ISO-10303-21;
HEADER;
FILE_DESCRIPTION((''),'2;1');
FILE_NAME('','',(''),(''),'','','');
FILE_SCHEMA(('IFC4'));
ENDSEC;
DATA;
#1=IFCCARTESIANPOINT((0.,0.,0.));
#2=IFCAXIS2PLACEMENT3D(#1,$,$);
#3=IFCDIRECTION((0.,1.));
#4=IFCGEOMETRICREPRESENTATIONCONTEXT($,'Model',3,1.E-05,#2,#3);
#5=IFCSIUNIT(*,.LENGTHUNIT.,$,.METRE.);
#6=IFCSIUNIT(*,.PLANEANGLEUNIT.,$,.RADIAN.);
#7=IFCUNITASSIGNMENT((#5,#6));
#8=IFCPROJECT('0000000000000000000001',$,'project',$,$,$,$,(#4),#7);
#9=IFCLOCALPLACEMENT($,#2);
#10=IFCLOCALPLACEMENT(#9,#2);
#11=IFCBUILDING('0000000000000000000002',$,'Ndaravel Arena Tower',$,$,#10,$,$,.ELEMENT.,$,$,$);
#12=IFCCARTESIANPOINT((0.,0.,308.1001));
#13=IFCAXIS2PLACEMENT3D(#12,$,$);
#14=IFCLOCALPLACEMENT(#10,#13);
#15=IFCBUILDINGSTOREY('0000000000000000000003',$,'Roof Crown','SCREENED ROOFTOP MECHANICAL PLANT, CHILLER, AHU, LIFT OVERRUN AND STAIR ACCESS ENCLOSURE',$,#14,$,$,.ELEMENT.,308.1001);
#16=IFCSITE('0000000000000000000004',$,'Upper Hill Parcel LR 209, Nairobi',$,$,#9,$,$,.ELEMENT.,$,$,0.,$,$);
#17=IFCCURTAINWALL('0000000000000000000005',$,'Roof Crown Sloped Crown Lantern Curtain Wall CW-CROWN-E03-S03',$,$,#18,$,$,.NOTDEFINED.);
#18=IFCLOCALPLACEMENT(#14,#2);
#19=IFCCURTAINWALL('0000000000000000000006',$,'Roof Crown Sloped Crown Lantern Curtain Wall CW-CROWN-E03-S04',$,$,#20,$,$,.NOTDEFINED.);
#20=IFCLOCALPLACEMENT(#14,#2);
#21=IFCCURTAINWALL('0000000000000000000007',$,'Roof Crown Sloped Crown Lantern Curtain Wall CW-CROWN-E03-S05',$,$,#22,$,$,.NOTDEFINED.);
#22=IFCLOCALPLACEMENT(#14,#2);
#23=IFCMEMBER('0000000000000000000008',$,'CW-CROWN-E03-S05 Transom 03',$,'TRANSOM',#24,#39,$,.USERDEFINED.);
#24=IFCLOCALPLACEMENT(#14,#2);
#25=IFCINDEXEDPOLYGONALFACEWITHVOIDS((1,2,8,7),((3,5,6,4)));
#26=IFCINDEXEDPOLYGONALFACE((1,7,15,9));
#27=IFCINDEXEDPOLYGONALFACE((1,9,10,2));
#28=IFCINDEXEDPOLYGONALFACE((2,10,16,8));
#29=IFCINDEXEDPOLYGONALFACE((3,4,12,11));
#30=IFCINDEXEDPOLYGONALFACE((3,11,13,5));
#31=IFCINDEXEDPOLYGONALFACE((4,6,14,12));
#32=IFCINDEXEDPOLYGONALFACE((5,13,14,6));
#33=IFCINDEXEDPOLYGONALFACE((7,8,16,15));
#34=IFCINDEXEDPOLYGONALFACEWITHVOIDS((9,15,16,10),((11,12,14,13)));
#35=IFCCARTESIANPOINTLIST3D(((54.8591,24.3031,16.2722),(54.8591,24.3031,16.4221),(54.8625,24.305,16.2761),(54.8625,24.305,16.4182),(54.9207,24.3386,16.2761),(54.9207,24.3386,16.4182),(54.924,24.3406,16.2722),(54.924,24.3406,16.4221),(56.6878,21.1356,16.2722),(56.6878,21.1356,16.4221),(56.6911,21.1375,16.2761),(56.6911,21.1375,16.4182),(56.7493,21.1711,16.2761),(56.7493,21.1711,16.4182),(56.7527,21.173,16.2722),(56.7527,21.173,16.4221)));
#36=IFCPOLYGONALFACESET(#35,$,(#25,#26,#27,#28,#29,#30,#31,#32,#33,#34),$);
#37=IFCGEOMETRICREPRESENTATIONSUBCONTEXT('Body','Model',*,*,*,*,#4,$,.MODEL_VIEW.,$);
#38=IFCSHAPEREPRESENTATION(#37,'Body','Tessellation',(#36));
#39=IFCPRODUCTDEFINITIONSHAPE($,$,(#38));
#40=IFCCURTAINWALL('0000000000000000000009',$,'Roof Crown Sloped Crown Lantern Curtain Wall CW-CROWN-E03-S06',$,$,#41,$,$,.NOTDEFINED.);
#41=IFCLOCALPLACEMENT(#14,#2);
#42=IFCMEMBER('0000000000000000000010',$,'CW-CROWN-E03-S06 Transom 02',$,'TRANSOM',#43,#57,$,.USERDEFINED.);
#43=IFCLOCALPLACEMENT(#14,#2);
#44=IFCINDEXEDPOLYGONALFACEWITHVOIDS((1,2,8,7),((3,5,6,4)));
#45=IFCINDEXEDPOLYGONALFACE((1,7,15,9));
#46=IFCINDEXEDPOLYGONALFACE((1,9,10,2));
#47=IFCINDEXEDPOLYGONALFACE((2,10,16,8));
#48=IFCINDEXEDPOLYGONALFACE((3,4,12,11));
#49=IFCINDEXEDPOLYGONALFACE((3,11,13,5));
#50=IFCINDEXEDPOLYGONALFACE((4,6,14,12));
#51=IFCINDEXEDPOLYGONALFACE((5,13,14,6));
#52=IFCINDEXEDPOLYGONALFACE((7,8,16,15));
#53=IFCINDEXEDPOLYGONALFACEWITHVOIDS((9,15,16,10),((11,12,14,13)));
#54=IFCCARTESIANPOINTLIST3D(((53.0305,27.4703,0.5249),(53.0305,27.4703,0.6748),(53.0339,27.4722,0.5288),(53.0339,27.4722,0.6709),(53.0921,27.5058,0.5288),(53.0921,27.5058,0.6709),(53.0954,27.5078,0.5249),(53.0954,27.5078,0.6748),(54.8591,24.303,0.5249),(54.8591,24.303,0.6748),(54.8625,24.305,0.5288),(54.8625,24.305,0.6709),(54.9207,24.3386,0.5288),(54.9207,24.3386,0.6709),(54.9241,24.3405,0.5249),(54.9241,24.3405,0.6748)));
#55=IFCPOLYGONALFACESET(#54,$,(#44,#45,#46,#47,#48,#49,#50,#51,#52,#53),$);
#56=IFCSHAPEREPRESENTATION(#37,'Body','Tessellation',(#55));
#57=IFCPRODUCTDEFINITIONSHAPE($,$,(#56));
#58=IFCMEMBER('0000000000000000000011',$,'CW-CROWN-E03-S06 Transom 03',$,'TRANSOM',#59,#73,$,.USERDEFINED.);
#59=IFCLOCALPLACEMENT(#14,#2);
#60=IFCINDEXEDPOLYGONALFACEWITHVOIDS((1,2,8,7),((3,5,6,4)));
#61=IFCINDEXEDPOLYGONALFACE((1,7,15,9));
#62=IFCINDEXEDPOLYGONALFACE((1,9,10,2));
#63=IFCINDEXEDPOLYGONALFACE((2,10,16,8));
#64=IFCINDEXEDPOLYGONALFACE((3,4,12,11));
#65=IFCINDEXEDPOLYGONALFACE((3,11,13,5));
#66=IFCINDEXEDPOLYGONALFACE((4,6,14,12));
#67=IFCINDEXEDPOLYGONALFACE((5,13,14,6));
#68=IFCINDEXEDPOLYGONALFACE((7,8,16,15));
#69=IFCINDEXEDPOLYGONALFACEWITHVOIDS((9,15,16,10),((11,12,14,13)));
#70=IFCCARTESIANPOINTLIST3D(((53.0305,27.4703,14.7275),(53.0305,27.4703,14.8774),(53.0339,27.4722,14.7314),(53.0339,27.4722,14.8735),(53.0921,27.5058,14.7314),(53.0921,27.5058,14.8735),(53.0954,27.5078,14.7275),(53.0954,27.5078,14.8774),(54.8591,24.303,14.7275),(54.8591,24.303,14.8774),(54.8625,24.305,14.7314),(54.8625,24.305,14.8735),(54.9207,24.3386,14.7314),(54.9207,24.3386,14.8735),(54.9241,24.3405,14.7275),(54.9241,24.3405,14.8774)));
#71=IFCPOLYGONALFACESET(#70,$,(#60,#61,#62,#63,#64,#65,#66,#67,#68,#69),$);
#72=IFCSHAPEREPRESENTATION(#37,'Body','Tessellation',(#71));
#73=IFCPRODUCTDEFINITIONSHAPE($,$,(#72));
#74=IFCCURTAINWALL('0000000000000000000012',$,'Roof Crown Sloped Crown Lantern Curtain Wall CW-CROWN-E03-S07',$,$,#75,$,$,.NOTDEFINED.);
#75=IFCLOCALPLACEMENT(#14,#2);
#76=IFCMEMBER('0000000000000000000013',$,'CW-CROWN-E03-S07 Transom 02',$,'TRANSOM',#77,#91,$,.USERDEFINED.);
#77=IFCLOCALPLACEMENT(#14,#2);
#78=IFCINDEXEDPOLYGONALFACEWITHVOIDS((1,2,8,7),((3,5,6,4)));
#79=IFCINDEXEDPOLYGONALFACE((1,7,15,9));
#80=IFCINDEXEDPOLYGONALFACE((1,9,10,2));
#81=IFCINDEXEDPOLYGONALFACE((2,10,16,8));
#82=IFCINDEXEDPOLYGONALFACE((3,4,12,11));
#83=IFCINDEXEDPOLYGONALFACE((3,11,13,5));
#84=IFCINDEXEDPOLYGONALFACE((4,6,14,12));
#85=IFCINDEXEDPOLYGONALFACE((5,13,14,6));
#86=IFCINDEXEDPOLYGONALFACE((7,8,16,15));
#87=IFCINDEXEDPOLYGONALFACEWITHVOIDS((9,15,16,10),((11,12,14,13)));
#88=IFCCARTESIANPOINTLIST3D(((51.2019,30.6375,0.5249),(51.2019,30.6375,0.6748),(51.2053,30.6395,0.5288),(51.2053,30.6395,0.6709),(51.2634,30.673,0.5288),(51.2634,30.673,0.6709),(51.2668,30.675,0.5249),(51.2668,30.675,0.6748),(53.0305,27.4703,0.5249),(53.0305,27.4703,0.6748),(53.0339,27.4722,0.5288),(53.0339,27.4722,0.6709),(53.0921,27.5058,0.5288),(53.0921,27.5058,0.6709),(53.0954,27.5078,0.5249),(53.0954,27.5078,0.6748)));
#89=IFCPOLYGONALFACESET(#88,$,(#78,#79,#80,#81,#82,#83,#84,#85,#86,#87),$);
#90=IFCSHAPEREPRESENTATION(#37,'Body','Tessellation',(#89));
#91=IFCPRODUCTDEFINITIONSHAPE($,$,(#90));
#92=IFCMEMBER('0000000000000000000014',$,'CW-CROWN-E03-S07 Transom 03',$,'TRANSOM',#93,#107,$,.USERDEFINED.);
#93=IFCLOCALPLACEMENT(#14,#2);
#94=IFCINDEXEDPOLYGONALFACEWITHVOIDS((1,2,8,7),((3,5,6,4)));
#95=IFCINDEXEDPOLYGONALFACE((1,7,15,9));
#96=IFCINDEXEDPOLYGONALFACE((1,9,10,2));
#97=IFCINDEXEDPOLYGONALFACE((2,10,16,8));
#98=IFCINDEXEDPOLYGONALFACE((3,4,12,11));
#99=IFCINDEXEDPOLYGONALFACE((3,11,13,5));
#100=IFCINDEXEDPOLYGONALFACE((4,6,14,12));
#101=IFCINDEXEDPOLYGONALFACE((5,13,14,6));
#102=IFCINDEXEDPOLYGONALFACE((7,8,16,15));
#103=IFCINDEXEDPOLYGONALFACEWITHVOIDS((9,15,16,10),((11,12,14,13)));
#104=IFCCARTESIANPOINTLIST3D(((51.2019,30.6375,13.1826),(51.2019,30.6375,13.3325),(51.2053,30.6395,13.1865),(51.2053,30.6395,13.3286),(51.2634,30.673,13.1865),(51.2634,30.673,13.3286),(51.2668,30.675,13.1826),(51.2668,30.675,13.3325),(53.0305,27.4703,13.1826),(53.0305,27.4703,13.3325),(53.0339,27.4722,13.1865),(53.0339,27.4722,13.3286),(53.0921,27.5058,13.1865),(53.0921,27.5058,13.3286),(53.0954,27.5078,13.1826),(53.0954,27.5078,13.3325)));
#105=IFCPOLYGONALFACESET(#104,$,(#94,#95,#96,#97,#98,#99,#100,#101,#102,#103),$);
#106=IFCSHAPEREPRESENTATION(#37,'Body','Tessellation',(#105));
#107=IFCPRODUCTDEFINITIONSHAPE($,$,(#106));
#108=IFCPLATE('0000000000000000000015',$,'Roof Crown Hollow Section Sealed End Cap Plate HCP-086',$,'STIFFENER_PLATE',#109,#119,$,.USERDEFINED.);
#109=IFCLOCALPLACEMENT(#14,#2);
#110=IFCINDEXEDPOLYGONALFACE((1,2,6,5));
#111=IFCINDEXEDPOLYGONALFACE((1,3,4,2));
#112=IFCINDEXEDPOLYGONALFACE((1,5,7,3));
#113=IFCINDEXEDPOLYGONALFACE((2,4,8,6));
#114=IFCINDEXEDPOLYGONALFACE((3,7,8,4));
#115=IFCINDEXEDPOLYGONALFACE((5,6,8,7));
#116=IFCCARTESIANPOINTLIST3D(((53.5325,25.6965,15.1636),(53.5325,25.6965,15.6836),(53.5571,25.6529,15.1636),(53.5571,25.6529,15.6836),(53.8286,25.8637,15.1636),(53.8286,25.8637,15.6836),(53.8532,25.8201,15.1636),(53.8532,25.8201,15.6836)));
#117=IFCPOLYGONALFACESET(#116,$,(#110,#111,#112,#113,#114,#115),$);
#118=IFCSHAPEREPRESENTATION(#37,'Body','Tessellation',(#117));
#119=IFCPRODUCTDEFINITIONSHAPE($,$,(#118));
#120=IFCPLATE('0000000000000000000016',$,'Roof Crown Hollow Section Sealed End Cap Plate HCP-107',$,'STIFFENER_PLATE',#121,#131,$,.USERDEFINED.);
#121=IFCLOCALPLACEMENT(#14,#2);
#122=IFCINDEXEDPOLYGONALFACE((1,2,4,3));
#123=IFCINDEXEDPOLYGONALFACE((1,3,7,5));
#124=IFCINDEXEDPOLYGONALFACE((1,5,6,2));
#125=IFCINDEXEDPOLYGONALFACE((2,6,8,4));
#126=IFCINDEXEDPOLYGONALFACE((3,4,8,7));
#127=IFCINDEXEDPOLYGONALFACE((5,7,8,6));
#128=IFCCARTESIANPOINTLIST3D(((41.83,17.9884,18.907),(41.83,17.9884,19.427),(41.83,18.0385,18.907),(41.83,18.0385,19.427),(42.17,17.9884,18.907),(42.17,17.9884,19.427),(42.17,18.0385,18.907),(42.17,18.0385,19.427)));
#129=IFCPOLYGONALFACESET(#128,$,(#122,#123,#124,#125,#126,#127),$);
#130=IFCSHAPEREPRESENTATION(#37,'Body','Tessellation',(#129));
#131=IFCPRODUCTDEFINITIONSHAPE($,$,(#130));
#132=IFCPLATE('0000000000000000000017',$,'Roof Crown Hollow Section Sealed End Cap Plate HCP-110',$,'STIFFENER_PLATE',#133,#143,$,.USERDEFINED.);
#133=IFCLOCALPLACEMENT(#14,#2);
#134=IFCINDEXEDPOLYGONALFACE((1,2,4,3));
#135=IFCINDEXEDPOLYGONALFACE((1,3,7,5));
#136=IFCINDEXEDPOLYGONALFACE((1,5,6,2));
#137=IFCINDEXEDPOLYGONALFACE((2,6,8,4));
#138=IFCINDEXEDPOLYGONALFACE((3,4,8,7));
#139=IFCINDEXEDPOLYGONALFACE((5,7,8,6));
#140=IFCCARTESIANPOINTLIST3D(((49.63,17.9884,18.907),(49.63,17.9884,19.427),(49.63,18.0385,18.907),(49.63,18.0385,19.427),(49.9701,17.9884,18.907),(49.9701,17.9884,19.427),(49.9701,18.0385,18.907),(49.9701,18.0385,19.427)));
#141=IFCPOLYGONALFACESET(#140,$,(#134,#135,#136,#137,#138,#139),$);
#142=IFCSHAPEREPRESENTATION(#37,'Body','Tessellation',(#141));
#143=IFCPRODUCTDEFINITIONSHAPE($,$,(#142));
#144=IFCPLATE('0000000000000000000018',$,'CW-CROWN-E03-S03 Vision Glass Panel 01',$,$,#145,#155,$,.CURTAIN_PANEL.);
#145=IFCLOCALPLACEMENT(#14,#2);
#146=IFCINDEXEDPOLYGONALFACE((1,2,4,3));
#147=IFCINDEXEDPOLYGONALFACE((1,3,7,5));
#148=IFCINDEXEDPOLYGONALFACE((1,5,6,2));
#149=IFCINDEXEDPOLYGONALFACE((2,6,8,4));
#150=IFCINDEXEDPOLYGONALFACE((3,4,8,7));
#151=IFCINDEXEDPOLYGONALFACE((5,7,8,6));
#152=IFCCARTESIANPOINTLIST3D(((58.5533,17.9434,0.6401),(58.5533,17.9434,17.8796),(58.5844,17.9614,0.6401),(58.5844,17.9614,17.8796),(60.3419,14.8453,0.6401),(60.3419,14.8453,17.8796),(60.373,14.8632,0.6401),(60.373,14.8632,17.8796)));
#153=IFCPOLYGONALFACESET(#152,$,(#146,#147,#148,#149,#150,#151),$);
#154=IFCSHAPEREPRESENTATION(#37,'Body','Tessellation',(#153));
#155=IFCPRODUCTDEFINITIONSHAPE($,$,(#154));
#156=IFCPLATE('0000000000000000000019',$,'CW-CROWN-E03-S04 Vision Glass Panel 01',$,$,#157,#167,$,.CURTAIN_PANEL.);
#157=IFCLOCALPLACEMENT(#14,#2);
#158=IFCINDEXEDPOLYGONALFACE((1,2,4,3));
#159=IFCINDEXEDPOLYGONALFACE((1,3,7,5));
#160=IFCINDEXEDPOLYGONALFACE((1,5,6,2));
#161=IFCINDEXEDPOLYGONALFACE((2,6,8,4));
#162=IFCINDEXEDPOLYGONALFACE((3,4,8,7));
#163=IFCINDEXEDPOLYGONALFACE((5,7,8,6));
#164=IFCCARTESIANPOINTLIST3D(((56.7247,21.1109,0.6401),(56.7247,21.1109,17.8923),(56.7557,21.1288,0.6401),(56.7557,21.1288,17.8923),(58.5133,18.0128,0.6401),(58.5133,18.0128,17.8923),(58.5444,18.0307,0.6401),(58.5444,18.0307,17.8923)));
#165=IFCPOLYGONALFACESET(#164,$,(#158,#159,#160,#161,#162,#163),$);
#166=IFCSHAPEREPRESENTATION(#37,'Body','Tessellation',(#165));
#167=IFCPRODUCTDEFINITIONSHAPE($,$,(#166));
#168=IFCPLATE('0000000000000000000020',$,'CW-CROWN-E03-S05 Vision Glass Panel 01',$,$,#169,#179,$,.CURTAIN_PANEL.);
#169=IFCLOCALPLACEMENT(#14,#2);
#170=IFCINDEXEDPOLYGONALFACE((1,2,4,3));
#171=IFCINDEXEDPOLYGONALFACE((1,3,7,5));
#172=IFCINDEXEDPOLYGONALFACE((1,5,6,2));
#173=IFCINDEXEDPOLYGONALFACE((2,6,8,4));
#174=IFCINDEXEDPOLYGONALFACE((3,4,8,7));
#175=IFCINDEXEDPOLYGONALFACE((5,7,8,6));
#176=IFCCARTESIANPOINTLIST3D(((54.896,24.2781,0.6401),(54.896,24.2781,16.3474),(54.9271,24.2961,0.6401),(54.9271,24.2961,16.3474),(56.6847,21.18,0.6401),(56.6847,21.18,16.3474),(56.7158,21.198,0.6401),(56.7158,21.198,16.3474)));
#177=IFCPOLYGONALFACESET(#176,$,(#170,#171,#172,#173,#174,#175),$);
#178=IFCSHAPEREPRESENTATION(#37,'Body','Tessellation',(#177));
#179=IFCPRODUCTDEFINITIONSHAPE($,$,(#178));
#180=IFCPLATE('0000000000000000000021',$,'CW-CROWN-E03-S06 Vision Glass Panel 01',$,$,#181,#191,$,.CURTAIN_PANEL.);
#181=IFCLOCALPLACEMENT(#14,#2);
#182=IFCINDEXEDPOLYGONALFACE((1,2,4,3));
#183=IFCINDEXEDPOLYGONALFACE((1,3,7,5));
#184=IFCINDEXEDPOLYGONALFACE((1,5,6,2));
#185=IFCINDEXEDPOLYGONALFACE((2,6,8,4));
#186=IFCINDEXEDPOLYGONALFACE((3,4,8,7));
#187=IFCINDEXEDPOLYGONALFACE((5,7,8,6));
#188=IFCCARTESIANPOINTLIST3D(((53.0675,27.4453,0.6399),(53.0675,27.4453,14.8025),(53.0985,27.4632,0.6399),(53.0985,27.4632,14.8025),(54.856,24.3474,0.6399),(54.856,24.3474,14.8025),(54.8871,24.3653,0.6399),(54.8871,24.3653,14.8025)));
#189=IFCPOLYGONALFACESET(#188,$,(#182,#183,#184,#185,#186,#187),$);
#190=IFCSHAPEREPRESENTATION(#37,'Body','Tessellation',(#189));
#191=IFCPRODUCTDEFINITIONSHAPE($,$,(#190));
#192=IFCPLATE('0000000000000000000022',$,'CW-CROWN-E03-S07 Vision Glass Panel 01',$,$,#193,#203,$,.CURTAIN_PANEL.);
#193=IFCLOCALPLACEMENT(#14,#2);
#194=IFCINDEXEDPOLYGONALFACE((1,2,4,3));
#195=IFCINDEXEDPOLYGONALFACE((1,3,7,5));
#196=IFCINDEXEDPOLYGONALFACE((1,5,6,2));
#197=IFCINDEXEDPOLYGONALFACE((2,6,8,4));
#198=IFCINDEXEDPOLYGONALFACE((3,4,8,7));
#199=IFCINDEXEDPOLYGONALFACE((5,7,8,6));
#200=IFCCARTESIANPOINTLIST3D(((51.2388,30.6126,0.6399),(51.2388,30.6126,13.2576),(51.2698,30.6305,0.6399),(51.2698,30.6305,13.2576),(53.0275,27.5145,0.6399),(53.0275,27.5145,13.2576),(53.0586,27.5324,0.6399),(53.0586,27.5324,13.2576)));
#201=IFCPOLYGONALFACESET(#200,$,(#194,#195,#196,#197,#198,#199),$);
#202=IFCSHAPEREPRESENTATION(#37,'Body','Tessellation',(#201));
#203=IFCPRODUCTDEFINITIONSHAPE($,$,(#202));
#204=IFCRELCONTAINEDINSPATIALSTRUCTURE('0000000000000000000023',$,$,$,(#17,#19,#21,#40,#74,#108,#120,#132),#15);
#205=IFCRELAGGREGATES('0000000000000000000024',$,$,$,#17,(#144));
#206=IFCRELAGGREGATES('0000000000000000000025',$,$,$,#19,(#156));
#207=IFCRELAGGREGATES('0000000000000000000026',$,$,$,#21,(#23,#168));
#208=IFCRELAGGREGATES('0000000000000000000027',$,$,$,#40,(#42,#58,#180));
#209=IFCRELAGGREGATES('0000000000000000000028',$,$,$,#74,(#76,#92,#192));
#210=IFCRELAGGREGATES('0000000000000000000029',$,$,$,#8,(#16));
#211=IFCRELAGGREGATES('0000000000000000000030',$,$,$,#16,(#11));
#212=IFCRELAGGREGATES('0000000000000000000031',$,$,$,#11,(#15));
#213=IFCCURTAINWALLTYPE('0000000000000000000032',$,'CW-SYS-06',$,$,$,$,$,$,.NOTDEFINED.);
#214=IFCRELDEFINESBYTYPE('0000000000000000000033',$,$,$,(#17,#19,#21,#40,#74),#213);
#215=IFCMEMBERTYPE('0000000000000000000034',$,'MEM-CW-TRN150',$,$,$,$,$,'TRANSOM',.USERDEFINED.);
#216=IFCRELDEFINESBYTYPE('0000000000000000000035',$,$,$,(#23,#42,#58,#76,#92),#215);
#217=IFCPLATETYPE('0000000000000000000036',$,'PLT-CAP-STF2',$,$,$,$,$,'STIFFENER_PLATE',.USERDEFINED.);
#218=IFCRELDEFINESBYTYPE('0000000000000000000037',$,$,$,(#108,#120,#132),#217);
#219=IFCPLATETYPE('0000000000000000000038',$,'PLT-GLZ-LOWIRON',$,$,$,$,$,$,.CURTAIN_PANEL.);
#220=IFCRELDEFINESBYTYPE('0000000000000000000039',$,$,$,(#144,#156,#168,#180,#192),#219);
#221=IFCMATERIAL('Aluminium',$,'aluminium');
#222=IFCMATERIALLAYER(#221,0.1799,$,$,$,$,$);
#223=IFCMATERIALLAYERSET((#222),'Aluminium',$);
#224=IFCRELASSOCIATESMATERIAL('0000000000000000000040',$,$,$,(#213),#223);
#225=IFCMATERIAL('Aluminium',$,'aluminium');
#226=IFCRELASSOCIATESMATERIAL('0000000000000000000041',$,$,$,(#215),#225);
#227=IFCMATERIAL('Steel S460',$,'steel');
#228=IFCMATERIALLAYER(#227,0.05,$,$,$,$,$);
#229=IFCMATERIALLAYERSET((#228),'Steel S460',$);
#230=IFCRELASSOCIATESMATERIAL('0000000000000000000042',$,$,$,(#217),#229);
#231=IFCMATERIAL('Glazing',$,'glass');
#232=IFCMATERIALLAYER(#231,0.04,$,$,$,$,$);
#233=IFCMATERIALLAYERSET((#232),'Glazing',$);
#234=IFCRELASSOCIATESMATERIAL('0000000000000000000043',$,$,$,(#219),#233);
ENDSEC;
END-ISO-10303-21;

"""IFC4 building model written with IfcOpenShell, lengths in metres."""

from ifc_helpers import new_model, si_unit, direction, frame, origin, origin_2d, place, context, subcontext, project, spatial, rectangle, hollow_rectangle, extrude, material, layer, layer_set, material_profile, profile_set, type_object, element, aggregate, save


model = new_model("IFC4")

# Units and contexts
model_context = context("Model", 3, precision=1e-05, world=origin(), true_north=direction((0.0, 1.0)))
body_context = subcontext(model_context, "Body", "Model", "MODEL_VIEW")
ifc_project = project(units=[si_unit("LENGTHUNIT", "METRE"), si_unit("PLANEANGLEUNIT", "RADIAN")], contexts=[model_context])

# Site, building, storey
site_placement = place(None, origin())
site = spatial("IfcSite", under=ifc_project, at=site_placement, Name="Upper Hill Parcel LR 209, Nairobi", CompositionType="ELEMENT", RefElevation=0.0)
building_placement = place(site_placement, origin())
building = spatial("IfcBuilding", under=site, at=building_placement, Name="Ndaravel Arena Tower", CompositionType="ELEMENT")
storey_placement = place(building_placement, frame((0.0, 0.0, 308.1001)))
storey = spatial("IfcBuildingStorey", under=building, at=storey_placement, Name="Roof Crown", Description="SCREENED ROOFTOP MECHANICAL PLANT, CHILLER, AHU, LIFT OVERRUN AND STAIR ACCESS ENCLOSURE", CompositionType="ELEMENT", Elevation=308.1001)

# Curtain wall
ifc_material_1 = material(Name="Aluminium", Category="aluminium")
ifc_layer_1 = layer(ifc_material_1, 0.1799)
ifc_layer_set_1 = layer_set([ifc_layer_1], Name="Aluminium")
curtain_wall_type = type_object("IfcCurtainWallType", Name="CW-SYS-06", PredefinedType="NOTDEFINED", material=ifc_layer_set_1)
curtain_wall_1_placement = place(storey_placement, origin())
curtain_wall_1 = element("IfcCurtainWall", 1, at=curtain_wall_1_placement, inside=storey, type_object=curtain_wall_type, Name="Roof Crown Sloped Crown Lantern Curtain Wall CW-CROWN-E03-S03", PredefinedType="NOTDEFINED")
ifc_material_2 = material(Name="Aluminium", Category="aluminium")
ifc_material_profile_1 = material_profile(ifc_material_2, hollow_rectangle(XDim=0.075, YDim=0.1499, WallThickness=0.0039, at=origin_2d()), Name="CW TRANSOM 75x150x4")
ifc_profile_set_1 = profile_set([ifc_material_profile_1], Name="Aluminium")
member_type_1 = type_object("IfcMemberType", Name="MEM-CW-TRN150", ElementType="TRANSOM", PredefinedType="USERDEFINED", material=ifc_profile_set_1)

# Curtain walls, members
curtain_wall_2_placement = place(storey_placement, origin())
curtain_wall_2 = element("IfcCurtainWall", 2, at=curtain_wall_2_placement, inside=storey, type_object=curtain_wall_type, Name="Roof Crown Sloped Crown Lantern Curtain Wall CW-CROWN-E03-S04", PredefinedType="NOTDEFINED")
curtain_wall_3_placement = place(storey_placement, origin())
curtain_wall_3 = element("IfcCurtainWall", 3, at=curtain_wall_3_placement, inside=storey, type_object=curtain_wall_type, Name="Roof Crown Sloped Crown Lantern Curtain Wall CW-CROWN-E03-S05", PredefinedType="NOTDEFINED")
member_1_placement = place(storey_placement, frame((56.7202, 21.1543, 16.3472), z_axis=(-0.499973, 0.866041, 0.0), x_axis=(-0.866041, -0.499973, 0.0)))
member_1 = element("IfcMember", 4, at=member_1_placement, type_object=member_type_1, Name="CW-CROWN-E03-S05 Transom 03", ObjectType="TRANSOM", PredefinedType="USERDEFINED", context=body_context, shape_type="SweptSolid", body=[
    extrude(hollow_rectangle(XDim=0.075, YDim=0.1499, WallThickness=0.0039, at=origin_2d()), origin(), (0.0, 0.0, 1.0), 3.6575),
])
curtain_wall_4_placement = place(storey_placement, origin())
curtain_wall_4 = element("IfcCurtainWall", 5, at=curtain_wall_4_placement, inside=storey, type_object=curtain_wall_type, Name="Roof Crown Sloped Crown Lantern Curtain Wall CW-CROWN-E03-S06", PredefinedType="NOTDEFINED")
member_2_placement = place(storey_placement, frame((54.8916, 24.3218, 0.5999), z_axis=(-0.500002, 0.866024, 0.0), x_axis=(-0.866024, -0.500002, 0.0)))
member_2 = element("IfcMember", 6, at=member_2_placement, type_object=member_type_1, Name="CW-CROWN-E03-S06 Transom 02", ObjectType="TRANSOM", PredefinedType="USERDEFINED", context=body_context, shape_type="SweptSolid", body=[
    extrude(hollow_rectangle(XDim=0.075, YDim=0.1499, WallThickness=0.0039, at=origin_2d()), origin(), (0.0, 0.0, 1.0), 3.6572),
])
member_3_placement = place(storey_placement, frame((54.8916, 24.3218, 14.8025), z_axis=(-0.500002, 0.866024, 0.0), x_axis=(-0.866024, -0.500002, 0.0)))
member_3 = element("IfcMember", 7, at=member_3_placement, type_object=member_type_1, Name="CW-CROWN-E03-S06 Transom 03", ObjectType="TRANSOM", PredefinedType="USERDEFINED", context=body_context, shape_type="SweptSolid", body=[
    extrude(hollow_rectangle(XDim=0.075, YDim=0.1499, WallThickness=0.0039, at=origin_2d()), origin(), (0.0, 0.0, 1.0), 3.6572),
])
curtain_wall_5_placement = place(storey_placement, origin())
curtain_wall_5 = element("IfcCurtainWall", 8, at=curtain_wall_5_placement, inside=storey, type_object=curtain_wall_type, Name="Roof Crown Sloped Crown Lantern Curtain Wall CW-CROWN-E03-S07", PredefinedType="NOTDEFINED")
member_4_placement = place(storey_placement, frame((53.063, 27.489, 0.5999), z_axis=(-0.500002, 0.866024, 0.0), x_axis=(-0.866024, -0.500002, 0.0)))
member_4 = element("IfcMember", 9, at=member_4_placement, type_object=member_type_1, Name="CW-CROWN-E03-S07 Transom 02", ObjectType="TRANSOM", PredefinedType="USERDEFINED", context=body_context, shape_type="SweptSolid", body=[
    extrude(hollow_rectangle(XDim=0.075, YDim=0.1499, WallThickness=0.0039, at=origin_2d()), origin(), (0.0, 0.0, 1.0), 3.6572),
])
member_5_placement = place(storey_placement, frame((53.063, 27.489, 13.2576), z_axis=(-0.500002, 0.866024, 0.0), x_axis=(-0.866024, -0.500002, 0.0)))
member_5 = element("IfcMember", 10, at=member_5_placement, type_object=member_type_1, Name="CW-CROWN-E03-S07 Transom 03", ObjectType="TRANSOM", PredefinedType="USERDEFINED", context=body_context, shape_type="SweptSolid", body=[
    extrude(hollow_rectangle(XDim=0.075, YDim=0.1499, WallThickness=0.0039, at=origin_2d()), origin(), (0.0, 0.0, 1.0), 3.6572),
])

# Plates
ifc_material_3 = material(Name="Steel S460", Category="steel")
ifc_layer_2 = layer(ifc_material_3, 0.05)
ifc_layer_set_2 = layer_set([ifc_layer_2], Name="Steel S460")
plate_type_1 = type_object("IfcPlateType", Name="PLT-CAP-STF2", ElementType="STIFFENER_PLATE", PredefinedType="USERDEFINED", material=ifc_layer_set_2)
for number, where, z_axis, x_axis, name in (
    (11, (53.6929, 25.7583, 15.1636), (0.0, 0.0, 1.0), (-0.491816, 0.870699, 0.0), "Roof Crown Hollow Section Sealed End Cap Plate HCP-086"),
    (12, (42.0, 18.0134, 18.907), (0.0, 0.0, 1.0), (0.0, 1.0, 0.0), "Roof Crown Hollow Section Sealed End Cap Plate HCP-107"),
    (13, (49.8, 18.0134, 18.907), (0.0, 0.0, 1.0), (0.0, 1.0, 0.0), "Roof Crown Hollow Section Sealed End Cap Plate HCP-110"),
):
    element("IfcPlate", number, at=place(storey_placement, frame(where, z_axis=z_axis, x_axis=x_axis)), inside=storey, type_object=plate_type_1, Name=name, ObjectType="STIFFENER_PLATE", PredefinedType="USERDEFINED", context=body_context, shape_type="SweptSolid", body=[
        extrude(rectangle(XDim=0.05, YDim=0.3401, at=origin_2d()), origin(), (0.0, 0.0, 1.0), 0.52),
    ])

# Plates
ifc_material_4 = material(Name="Glazing", Category="glass")
ifc_layer_3 = layer(ifc_material_4, 0.04)
ifc_layer_set_3 = layer_set([ifc_layer_3], Name="Glazing")
plate_type_2 = type_object("IfcPlateType", Name="PLT-GLZ-LOWIRON", PredefinedType="CURTAIN_PANEL", material=ifc_layer_set_3)
plate_1_placement = place(storey_placement, frame((59.4631, 16.4033, 0.6401), z_axis=(0.0, 0.0, 1.0), x_axis=(-0.499985, 0.866034, 0.0)))
plate_1 = element("IfcPlate", 14, at=plate_1_placement, type_object=plate_type_2, Name="CW-CROWN-E03-S03 Vision Glass Panel 01", PredefinedType="CURTAIN_PANEL", context=body_context, shape_type="SweptSolid", body=[
    extrude(rectangle(XDim=3.5774, YDim=0.0359, at=origin_2d()), origin(), (0.0, 0.0, 1.0), 17.2395),
])
aggregate(curtain_wall_1, [plate_1])
plate_2_placement = place(storey_placement, frame((57.6345, 19.5708, 0.6401), z_axis=(0.0, 0.0, 1.0), x_axis=(-0.499985, 0.866034, 0.0)))
plate_2 = element("IfcPlate", 15, at=plate_2_placement, type_object=plate_type_2, Name="CW-CROWN-E03-S04 Vision Glass Panel 01", PredefinedType="CURTAIN_PANEL", context=body_context, shape_type="SweptSolid", body=[
    extrude(rectangle(XDim=3.5774, YDim=0.0359, at=origin_2d()), origin(), (0.0, 0.0, 1.0), 17.2522),
])
aggregate(curtain_wall_2, [plate_2])
plate_3_placement = place(storey_placement, frame((55.8059, 22.738, 0.6401), z_axis=(0.0, 0.0, 1.0), x_axis=(-0.500015, 0.866017, 0.0)))
plate_3 = element("IfcPlate", 16, at=plate_3_placement, type_object=plate_type_2, Name="CW-CROWN-E03-S05 Vision Glass Panel 01", PredefinedType="CURTAIN_PANEL", context=body_context, shape_type="SweptSolid", body=[
    extrude(rectangle(XDim=3.5774, YDim=0.0359, at=origin_2d()), origin(), (0.0, 0.0, 1.0), 15.7073),
])
aggregate(curtain_wall_3, [member_1, plate_3])
plate_4_placement = place(storey_placement, frame((53.9773, 25.9053, 0.6399), z_axis=(0.0, 0.0, 1.0), x_axis=(-0.5, 0.866025, 0.0)))
plate_4 = element("IfcPlate", 17, at=plate_4_placement, type_object=plate_type_2, Name="CW-CROWN-E03-S06 Vision Glass Panel 01", PredefinedType="CURTAIN_PANEL", context=body_context, shape_type="SweptSolid", body=[
    extrude(rectangle(XDim=3.5771, YDim=0.0359, at=origin_2d()), origin(), (0.0, 0.0, 1.0), 14.1626),
])
aggregate(curtain_wall_4, [member_2, member_3, plate_4])
plate_5_placement = place(storey_placement, frame((52.1487, 29.0725, 0.6399), z_axis=(0.0, 0.0, 1.0), x_axis=(-0.500015, 0.866017, 0.0)))
plate_5 = element("IfcPlate", 18, at=plate_5_placement, type_object=plate_type_2, Name="CW-CROWN-E03-S07 Vision Glass Panel 01", PredefinedType="CURTAIN_PANEL", context=body_context, shape_type="SweptSolid", body=[
    extrude(rectangle(XDim=3.5774, YDim=0.0359, at=origin_2d()), origin(), (0.0, 0.0, 1.0), 12.6177),
])
aggregate(curtain_wall_5, [member_4, member_5, plate_5])

save(model, "model.ifc")
